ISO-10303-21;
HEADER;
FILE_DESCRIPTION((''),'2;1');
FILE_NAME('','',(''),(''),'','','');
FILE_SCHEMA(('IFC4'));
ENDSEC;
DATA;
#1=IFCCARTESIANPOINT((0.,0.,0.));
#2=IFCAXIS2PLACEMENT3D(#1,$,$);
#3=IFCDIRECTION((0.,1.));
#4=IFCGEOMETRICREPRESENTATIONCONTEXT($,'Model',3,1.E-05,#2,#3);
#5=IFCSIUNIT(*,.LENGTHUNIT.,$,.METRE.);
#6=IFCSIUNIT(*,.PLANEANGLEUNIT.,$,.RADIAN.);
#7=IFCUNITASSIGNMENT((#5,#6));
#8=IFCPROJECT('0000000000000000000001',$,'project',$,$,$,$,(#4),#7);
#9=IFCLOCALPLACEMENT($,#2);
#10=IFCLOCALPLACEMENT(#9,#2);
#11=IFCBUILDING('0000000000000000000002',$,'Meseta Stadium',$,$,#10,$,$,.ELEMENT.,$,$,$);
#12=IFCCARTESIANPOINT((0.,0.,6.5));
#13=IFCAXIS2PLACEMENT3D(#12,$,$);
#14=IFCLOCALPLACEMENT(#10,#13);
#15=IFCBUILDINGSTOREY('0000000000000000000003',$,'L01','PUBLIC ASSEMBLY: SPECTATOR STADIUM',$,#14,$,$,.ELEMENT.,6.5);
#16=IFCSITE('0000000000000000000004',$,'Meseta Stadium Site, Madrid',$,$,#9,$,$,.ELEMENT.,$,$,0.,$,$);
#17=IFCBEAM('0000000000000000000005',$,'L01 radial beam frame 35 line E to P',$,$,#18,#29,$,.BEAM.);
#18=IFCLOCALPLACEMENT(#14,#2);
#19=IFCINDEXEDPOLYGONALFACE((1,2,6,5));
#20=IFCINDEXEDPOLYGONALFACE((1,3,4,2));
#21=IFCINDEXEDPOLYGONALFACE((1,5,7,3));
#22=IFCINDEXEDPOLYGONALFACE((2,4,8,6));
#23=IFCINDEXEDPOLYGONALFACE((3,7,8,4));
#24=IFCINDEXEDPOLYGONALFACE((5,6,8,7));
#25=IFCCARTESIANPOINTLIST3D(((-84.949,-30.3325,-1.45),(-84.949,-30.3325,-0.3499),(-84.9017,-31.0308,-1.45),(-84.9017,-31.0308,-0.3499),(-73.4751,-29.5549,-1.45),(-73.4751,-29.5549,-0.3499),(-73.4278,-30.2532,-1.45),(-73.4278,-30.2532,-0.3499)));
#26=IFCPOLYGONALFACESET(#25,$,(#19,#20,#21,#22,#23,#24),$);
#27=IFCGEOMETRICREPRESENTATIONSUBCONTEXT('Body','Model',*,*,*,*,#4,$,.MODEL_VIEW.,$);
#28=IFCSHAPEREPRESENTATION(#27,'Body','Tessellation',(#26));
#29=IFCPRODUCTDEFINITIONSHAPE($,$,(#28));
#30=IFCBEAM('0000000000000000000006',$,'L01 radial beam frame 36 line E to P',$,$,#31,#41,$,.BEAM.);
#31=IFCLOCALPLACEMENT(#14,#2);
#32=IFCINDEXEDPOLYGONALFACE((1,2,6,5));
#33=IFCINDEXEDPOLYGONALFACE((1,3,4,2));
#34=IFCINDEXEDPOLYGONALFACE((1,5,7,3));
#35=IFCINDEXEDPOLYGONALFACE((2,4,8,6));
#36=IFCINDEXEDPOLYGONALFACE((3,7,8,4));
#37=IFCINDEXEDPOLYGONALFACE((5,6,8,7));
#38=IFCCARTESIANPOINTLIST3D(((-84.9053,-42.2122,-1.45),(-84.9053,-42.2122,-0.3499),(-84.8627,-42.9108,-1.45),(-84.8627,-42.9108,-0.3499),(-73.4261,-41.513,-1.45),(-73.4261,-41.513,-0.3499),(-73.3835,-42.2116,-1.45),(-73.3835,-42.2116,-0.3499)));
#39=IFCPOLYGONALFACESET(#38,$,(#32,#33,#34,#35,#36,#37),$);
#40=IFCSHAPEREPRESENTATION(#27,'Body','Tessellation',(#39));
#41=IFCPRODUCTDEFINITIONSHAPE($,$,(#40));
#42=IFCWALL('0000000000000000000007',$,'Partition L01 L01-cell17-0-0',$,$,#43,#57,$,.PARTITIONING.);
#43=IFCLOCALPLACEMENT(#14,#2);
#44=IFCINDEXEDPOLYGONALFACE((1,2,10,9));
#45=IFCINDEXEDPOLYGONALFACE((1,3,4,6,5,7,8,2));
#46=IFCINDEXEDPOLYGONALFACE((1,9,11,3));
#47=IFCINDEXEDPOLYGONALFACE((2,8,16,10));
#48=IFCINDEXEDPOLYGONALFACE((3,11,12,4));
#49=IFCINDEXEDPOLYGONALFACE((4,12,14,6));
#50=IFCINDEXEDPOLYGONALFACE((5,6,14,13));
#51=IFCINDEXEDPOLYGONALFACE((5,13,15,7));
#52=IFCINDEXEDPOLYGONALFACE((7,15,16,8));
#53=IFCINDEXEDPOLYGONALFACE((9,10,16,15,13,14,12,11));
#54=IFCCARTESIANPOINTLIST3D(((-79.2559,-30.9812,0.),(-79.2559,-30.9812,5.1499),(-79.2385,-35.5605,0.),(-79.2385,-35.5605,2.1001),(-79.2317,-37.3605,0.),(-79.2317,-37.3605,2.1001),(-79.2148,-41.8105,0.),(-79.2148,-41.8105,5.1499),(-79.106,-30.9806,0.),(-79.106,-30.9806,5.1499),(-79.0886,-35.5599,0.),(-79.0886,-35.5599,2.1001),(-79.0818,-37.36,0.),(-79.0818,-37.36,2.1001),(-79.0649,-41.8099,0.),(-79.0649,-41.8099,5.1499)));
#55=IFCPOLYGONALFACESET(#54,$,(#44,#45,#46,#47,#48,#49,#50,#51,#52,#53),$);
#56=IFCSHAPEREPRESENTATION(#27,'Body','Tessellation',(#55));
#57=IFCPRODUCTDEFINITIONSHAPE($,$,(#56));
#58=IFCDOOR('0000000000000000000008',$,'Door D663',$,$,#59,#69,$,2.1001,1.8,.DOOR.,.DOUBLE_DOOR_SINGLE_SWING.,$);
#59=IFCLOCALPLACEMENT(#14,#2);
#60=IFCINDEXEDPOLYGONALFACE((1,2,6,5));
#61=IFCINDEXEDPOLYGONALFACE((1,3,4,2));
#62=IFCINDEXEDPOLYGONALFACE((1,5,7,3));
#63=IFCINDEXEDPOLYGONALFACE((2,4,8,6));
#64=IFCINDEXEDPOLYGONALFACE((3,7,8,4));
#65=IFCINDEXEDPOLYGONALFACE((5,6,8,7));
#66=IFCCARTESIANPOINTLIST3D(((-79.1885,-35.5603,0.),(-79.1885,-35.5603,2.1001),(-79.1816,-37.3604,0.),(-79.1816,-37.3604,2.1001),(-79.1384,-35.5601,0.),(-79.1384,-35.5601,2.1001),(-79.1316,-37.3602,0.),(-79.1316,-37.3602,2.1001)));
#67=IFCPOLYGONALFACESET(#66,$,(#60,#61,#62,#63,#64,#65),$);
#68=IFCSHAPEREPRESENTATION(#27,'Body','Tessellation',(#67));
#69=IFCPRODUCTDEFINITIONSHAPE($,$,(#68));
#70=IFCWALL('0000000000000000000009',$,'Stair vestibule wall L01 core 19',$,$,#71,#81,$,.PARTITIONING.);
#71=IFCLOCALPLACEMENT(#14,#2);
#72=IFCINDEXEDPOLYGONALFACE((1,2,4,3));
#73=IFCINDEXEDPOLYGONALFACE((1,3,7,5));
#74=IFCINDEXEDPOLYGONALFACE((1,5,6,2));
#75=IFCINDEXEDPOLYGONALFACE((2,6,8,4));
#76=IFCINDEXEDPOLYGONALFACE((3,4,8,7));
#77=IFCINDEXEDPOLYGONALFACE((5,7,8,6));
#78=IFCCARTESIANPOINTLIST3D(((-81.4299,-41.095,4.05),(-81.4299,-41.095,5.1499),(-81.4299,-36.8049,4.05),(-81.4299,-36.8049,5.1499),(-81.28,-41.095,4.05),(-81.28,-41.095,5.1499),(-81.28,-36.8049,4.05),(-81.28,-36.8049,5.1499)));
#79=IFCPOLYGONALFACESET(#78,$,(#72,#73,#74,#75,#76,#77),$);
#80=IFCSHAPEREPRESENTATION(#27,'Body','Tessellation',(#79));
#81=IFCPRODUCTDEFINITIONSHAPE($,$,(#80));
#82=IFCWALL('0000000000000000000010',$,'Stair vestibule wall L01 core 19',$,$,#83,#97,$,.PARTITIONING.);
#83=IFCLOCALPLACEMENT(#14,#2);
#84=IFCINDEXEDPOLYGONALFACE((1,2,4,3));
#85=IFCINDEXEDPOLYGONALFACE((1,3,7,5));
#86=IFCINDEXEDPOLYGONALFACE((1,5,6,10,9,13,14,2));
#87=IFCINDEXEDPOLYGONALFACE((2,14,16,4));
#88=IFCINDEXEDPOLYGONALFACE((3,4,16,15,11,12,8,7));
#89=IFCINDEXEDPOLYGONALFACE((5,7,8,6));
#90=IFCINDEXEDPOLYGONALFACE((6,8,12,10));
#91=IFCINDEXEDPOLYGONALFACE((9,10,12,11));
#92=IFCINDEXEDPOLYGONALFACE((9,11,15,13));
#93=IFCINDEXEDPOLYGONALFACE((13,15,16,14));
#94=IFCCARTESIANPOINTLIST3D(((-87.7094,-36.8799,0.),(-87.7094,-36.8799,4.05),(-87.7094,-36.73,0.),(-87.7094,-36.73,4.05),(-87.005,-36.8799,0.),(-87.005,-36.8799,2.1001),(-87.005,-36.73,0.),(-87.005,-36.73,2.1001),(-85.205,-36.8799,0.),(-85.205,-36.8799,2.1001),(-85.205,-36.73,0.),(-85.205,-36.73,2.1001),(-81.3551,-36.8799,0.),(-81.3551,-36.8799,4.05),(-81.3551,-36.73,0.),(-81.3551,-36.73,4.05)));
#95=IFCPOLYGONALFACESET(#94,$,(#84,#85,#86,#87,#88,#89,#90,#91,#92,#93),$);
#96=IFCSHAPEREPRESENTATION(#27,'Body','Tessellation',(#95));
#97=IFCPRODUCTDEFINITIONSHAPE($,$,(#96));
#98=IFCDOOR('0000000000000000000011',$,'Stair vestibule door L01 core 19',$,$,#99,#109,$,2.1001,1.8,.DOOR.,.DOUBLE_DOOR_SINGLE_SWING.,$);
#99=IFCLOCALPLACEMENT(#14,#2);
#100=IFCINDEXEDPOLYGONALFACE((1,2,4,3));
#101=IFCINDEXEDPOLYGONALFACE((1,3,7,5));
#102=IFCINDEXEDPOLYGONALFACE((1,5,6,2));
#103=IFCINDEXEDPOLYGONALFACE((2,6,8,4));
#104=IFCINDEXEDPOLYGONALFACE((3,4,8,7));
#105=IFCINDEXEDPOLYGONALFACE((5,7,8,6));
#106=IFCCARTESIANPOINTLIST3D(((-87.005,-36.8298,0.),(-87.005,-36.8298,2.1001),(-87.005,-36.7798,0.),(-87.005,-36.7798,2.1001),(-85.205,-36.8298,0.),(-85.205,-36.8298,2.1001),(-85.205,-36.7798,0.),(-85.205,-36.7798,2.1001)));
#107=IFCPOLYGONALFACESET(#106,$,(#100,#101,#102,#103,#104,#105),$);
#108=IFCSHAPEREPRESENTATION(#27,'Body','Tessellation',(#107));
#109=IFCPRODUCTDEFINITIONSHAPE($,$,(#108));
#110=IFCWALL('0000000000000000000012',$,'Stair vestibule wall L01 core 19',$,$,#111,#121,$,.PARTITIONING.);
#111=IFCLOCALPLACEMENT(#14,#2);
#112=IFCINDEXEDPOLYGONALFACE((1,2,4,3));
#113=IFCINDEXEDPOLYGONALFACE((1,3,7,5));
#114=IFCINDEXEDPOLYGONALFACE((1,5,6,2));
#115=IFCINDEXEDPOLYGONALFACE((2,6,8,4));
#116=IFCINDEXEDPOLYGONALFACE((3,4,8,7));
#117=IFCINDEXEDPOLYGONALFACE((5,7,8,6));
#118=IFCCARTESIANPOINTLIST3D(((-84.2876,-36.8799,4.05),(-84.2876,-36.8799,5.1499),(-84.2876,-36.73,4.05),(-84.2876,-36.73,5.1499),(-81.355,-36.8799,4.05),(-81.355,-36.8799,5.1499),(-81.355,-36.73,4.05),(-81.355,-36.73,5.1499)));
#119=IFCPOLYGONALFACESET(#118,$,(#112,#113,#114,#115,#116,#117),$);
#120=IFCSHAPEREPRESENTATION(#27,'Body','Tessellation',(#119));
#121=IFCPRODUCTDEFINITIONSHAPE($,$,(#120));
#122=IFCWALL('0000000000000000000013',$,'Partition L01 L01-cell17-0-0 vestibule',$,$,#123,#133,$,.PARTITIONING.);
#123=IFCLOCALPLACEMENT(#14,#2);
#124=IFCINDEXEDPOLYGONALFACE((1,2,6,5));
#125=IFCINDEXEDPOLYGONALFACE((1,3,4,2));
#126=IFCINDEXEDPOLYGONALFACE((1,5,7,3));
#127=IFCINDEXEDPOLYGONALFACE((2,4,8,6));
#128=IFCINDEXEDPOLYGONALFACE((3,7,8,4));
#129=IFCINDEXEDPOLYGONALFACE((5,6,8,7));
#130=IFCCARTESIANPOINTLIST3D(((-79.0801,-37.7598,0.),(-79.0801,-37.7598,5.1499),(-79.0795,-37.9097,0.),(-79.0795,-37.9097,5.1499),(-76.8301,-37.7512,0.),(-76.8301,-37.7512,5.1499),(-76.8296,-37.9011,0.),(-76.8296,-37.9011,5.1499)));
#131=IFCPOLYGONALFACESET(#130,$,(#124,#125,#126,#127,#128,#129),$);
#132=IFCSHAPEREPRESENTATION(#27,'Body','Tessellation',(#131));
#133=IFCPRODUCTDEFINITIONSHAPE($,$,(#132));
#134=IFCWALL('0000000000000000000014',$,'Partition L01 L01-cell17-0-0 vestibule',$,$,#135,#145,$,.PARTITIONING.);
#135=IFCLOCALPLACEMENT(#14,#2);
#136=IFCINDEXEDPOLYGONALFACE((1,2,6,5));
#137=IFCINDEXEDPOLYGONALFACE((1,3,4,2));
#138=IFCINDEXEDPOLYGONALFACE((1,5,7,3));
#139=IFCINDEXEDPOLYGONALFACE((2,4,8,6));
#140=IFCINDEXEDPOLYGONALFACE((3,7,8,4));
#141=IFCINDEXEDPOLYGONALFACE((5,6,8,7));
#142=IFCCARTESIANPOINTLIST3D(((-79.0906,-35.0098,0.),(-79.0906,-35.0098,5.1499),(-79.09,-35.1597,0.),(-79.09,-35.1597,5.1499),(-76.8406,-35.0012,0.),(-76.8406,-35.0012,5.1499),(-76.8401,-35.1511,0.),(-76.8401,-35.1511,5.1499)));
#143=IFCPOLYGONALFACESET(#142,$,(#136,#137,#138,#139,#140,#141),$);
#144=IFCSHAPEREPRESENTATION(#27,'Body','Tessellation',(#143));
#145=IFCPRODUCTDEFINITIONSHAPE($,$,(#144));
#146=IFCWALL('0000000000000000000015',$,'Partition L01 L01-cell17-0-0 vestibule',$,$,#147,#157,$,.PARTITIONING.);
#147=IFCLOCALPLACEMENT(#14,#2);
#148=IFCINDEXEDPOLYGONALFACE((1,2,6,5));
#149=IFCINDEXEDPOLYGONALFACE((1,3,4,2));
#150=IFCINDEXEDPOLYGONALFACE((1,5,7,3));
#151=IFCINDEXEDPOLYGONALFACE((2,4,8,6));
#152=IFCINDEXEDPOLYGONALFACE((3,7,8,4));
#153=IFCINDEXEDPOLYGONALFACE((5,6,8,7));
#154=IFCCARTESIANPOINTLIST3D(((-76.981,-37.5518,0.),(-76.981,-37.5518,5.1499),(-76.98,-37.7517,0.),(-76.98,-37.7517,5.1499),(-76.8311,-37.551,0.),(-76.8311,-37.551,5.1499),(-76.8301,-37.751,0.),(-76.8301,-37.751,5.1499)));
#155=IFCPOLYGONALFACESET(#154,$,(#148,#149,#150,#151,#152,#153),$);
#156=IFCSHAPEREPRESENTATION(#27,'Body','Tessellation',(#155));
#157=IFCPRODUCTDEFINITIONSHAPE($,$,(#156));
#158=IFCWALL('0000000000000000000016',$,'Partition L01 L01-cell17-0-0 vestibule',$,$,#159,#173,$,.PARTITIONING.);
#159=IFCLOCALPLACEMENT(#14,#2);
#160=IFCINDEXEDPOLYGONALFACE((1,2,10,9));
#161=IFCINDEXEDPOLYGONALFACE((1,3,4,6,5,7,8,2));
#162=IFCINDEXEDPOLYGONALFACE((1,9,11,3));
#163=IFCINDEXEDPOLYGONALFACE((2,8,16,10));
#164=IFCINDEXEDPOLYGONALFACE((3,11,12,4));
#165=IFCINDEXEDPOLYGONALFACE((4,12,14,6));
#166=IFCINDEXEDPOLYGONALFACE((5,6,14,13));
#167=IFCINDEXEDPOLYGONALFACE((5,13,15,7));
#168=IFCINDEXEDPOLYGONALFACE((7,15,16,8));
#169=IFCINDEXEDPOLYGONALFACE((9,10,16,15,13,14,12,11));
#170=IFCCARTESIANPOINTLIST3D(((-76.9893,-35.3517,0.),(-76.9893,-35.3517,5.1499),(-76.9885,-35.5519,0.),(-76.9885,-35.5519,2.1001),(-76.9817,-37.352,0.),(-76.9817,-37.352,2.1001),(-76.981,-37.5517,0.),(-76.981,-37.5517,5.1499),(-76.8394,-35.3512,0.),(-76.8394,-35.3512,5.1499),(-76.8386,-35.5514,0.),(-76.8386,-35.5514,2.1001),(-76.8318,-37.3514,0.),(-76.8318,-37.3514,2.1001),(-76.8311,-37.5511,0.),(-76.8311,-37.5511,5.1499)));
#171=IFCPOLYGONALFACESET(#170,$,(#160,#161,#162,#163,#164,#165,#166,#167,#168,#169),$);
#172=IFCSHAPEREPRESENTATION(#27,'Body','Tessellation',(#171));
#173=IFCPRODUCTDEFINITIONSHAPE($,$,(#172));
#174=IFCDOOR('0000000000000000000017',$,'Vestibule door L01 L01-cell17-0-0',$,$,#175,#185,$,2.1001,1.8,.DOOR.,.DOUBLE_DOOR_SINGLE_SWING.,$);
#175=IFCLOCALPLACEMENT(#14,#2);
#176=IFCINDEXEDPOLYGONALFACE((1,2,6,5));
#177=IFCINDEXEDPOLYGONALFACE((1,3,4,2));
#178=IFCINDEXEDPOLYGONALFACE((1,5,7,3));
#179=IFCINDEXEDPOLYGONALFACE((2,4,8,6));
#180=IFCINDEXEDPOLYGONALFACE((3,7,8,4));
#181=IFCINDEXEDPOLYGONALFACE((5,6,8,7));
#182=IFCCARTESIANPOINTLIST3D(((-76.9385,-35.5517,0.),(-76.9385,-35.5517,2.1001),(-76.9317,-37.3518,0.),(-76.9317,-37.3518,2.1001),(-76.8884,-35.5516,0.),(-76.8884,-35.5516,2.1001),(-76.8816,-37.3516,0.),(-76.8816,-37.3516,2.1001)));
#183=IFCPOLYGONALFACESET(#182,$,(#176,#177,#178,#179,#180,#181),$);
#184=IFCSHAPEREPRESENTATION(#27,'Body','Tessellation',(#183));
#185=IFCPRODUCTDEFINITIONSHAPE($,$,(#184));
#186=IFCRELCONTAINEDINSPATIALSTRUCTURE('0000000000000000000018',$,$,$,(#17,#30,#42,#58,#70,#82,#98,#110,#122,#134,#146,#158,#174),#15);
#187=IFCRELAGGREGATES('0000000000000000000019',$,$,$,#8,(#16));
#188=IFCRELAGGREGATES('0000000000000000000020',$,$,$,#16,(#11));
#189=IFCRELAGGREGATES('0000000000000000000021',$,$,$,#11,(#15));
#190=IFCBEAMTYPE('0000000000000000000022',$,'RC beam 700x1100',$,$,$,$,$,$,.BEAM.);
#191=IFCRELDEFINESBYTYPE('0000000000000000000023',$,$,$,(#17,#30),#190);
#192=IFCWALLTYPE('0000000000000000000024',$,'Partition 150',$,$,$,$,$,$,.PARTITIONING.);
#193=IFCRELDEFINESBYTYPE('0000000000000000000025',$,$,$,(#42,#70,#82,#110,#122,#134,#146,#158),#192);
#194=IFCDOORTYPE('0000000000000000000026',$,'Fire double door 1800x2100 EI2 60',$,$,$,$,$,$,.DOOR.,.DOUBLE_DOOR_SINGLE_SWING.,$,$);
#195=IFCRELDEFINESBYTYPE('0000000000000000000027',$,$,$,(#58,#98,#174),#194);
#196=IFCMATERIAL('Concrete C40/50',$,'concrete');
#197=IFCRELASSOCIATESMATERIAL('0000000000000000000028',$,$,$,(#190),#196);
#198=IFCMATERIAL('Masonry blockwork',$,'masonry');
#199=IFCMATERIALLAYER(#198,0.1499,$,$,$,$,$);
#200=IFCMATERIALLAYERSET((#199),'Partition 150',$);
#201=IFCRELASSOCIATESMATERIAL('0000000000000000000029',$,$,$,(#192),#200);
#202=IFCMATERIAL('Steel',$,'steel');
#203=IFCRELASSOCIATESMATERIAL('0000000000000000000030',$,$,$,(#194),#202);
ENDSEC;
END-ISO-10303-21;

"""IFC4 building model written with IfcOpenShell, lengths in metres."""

from ifc_helpers import new_model, si_unit, direction, frame, frame_2d, origin, origin_2d, place, context, subcontext, project, spatial, rectangle, extrude, material, layer, layer_set, material_profile, profile_set, type_object, element, fill, save


model = new_model("IFC4")

# Units and contexts
model_context = context("Model", 3, precision=1e-05, world=origin(), true_north=direction((0.0, 1.0)))
body_context = subcontext(model_context, "Body", "Model", "MODEL_VIEW")
ifc_project = project(units=[si_unit("LENGTHUNIT", "METRE"), si_unit("PLANEANGLEUNIT", "RADIAN")], contexts=[model_context])

# Site, building, storey
site_placement = place(None, origin())
site = spatial("IfcSite", under=ifc_project, at=site_placement, Name="Meseta Stadium Site, Madrid", CompositionType="ELEMENT", RefElevation=0.0)
building_placement = place(site_placement, origin())
building = spatial("IfcBuilding", under=site, at=building_placement, Name="Meseta Stadium", CompositionType="ELEMENT")
storey_placement = place(building_placement, frame((0.0, 0.0, 6.5)))
storey = spatial("IfcBuildingStorey", under=building, at=storey_placement, Name="L01", Description="PUBLIC ASSEMBLY: SPECTATOR STADIUM", CompositionType="ELEMENT", Elevation=6.5)

# Beams
ifc_material_1 = material(Name="Concrete C40/50", Category="concrete")
ifc_material_profile_1 = material_profile(ifc_material_1, rectangle(XDim=0.7, YDim=1.1001, at=origin_2d()), Name="RC 700x1100")
ifc_profile_set_1 = profile_set([ifc_material_profile_1], Name="Concrete C40/50")
beam_type_1 = type_object("IfcBeamType", Name="RC beam 700x1100", PredefinedType="BEAM", material=ifc_profile_set_1)
beam_1_placement = place(storey_placement, frame((-73.4514, -29.9041, -0.8999), z_axis=(-0.997711, -0.067615, 0.0), x_axis=(0.067615, -0.997711, 0.0)))
element("IfcBeam", 1, at=beam_1_placement, inside=storey, type_object=beam_type_1, Name="L01 radial beam frame 35 line E to P", PredefinedType="BEAM", context=body_context, shape_type="SweptSolid", body=[
    extrude(rectangle(XDim=0.7, YDim=1.1001, at=origin_2d()), origin(), (0.0, 0.0, 1.0), 11.5002),
])
beam_2_placement = place(storey_placement, frame((-73.4048, -41.8623, -0.8999), z_axis=(-0.99815, -0.060799, 0.0), x_axis=(0.060799, -0.99815, 0.0)))
element("IfcBeam", 2, at=beam_2_placement, inside=storey, type_object=beam_type_1, Name="L01 radial beam frame 36 line E to P", PredefinedType="BEAM", context=body_context, shape_type="SweptSolid", body=[
    extrude(rectangle(XDim=0.7, YDim=1.1001, at=origin_2d()), origin(), (0.0, 0.0, 1.0), 11.5005),
])

# Wall, opening, door
ifc_material_2 = material(Name="Masonry blockwork", Category="masonry")
ifc_layer = layer(ifc_material_2, 0.1499)
ifc_layer_set = layer_set([ifc_layer], Name="Partition 150")
wall_type = type_object("IfcWallType", Name="Partition 150", PredefinedType="PARTITIONING", material=ifc_layer_set)
wall_1_placement = place(storey_placement, frame((-79.1399, -41.8101, 0.0), z_axis=(0.0, 0.0, 1.0), x_axis=(-0.003787, 0.999993, 0.0)))
wall_1 = element("IfcWall", 3, at=wall_1_placement, inside=storey, type_object=wall_type, Name="Partition L01 L01-cell17-0-0", PredefinedType="PARTITIONING", context=body_context, shape_type="SweptSolid", body=[
    extrude(rectangle(XDim=10.8293, YDim=0.1499, at=frame_2d((5.4146, 0.0))), origin(), (0.0, 0.0, 1.0), 5.1499),
])
opening_1_placement = place(wall_1_placement, frame((4.45, 0.0, 0.0)))
opening_1 = element("IfcOpeningElement", 4, at=opening_1_placement, cuts=wall_1, PredefinedType="OPENING", context=body_context, shape_type="SweptSolid", body=[
    extrude(rectangle(XDim=1.8, YDim=2.1001, at=frame_2d((0.8999, 1.05))), frame((0.0, 0.085, 0.0), z_axis=(0.0, -1.0, 0.0), x_axis=(1.0, 0.0, 0.0)), (0.0, 0.0, 1.0), 0.1699),
])
ifc_material_3 = material(Name="Steel", Category="steel")
door_type = type_object("IfcDoorType", Name="Fire double door 1800x2100 EI2 60", OperationType="DOUBLE_DOOR_SINGLE_SWING", PredefinedType="DOOR", material=ifc_material_3)
door_1_placement = place(opening_1_placement, origin())
door_1 = element("IfcDoor", 5, at=door_1_placement, inside=storey, type_object=door_type, Name="Door D663", OperationType="DOUBLE_DOOR_SINGLE_SWING", OverallHeight=2.1001, OverallWidth=1.8, PredefinedType="DOOR", context=body_context, shape_type="SweptSolid", body=[
    extrude(rectangle(XDim=1.8, YDim=2.1001, at=frame_2d((0.8999, 1.05))), frame((0.0, 0.0249, 0.0), z_axis=(0.0, -1.0, 0.0), x_axis=(1.0, 0.0, 0.0)), (0.0, 0.0, 1.0), 0.05),
])
fill(opening_1, door_1)

# Wall
wall_2_placement = place(storey_placement, frame((-81.355, -41.095, 4.05), z_axis=(0.0, 0.0, 1.0), x_axis=(0.0, 1.0, 0.0)))
element("IfcWall", 6, at=wall_2_placement, inside=storey, type_object=wall_type, Name="Stair vestibule wall L01 core 19", PredefinedType="PARTITIONING", context=body_context, shape_type="SweptSolid", body=[
    extrude(rectangle(XDim=4.29, YDim=0.1499, at=frame_2d((2.145, 0.0))), origin(), (0.0, 0.0, 1.0), 1.0999),
])

# Wall, opening, door
wall_3_placement = place(storey_placement, frame((-81.355, -36.8049, 0.0), z_axis=(0.0, 0.0, 1.0), x_axis=(-1.0, 0.0, 0.0)))
wall_3 = element("IfcWall", 7, at=wall_3_placement, inside=storey, type_object=wall_type, Name="Stair vestibule wall L01 core 19", PredefinedType="PARTITIONING", context=body_context, shape_type="SweptSolid", body=[
    extrude(rectangle(XDim=6.3542, YDim=0.1499, at=frame_2d((3.1772, 0.0))), origin(), (0.0, 0.0, 1.0), 4.05),
])
opening_2_placement = place(wall_3_placement, frame((3.8501, 0.0, 0.0)))
opening_2 = element("IfcOpeningElement", 8, at=opening_2_placement, cuts=wall_3, PredefinedType="OPENING", context=body_context, shape_type="SweptSolid", body=[
    extrude(rectangle(XDim=1.8, YDim=2.1001, at=frame_2d((0.8999, 1.05))), frame((0.0, 0.085, 0.0), z_axis=(0.0, -1.0, 0.0), x_axis=(1.0, 0.0, 0.0)), (0.0, 0.0, 1.0), 0.1699),
])
door_2_placement = place(opening_2_placement, origin())
door_2 = element("IfcDoor", 9, at=door_2_placement, inside=storey, type_object=door_type, Name="Stair vestibule door L01 core 19", OperationType="DOUBLE_DOOR_SINGLE_SWING", OverallHeight=2.1001, OverallWidth=1.8, PredefinedType="DOOR", context=body_context, shape_type="SweptSolid", body=[
    extrude(rectangle(XDim=1.8, YDim=2.1001, at=frame_2d((0.8999, 1.05))), frame((0.0, 0.0249, 0.0), z_axis=(0.0, -1.0, 0.0), x_axis=(1.0, 0.0, 0.0)), (0.0, 0.0, 1.0), 0.05),
])
fill(opening_2, door_2)

# Walls
wall_4_placement = place(storey_placement, frame((-81.355, -36.8049, 4.05), z_axis=(0.0, 0.0, 1.0), x_axis=(-1.0, 0.0, 0.0)))
element("IfcWall", 10, at=wall_4_placement, inside=storey, type_object=wall_type, Name="Stair vestibule wall L01 core 19", PredefinedType="PARTITIONING", context=body_context, shape_type="SweptSolid", body=[
    extrude(rectangle(XDim=2.9326, YDim=0.1499, at=frame_2d((1.4663, 0.0))), origin(), (0.0, 0.0, 1.0), 1.0999),
])
for number, where, z_axis, x_axis, name in (
    (11, (-79.0798, -37.8347, 0.0), (0.0, 0.0, 1.0), (0.999993, 0.003798, 0.0), "Partition L01 L01-cell17-0-0 vestibule"),
    (12, (-79.0903, -35.0847, 0.0), (0.0, 0.0, 1.0), (0.999993, 0.003798, 0.0), "Partition L01 L01-cell17-0-0 vestibule"),
):
    element("IfcWall", number, at=place(storey_placement, frame(where, z_axis=z_axis, x_axis=x_axis)), inside=storey, type_object=wall_type, Name=name, PredefinedType="PARTITIONING", context=body_context, shape_type="SweptSolid", body=[
        extrude(rectangle(XDim=2.25, YDim=0.1499, at=frame_2d((1.125, 0.0))), origin(), (0.0, 0.0, 1.0), 5.1499),
    ])
wall_5_placement = place(storey_placement, frame((-76.905, -37.7515, 0.0), z_axis=(0.0, 0.0, 1.0), x_axis=(-0.004884, 0.999988, 0.0)))
element("IfcWall", 13, at=wall_5_placement, inside=storey, type_object=wall_type, Name="Partition L01 L01-cell17-0-0 vestibule", PredefinedType="PARTITIONING", context=body_context, shape_type="SweptSolid", body=[
    extrude(rectangle(XDim=0.2, YDim=0.1499, at=frame_2d((0.1001, 0.0))), origin(), (0.0, 0.0, 1.0), 5.1499),
])

# Wall, opening, door
wall_6_placement = place(storey_placement, frame((-76.906, -37.5515, 0.0), z_axis=(0.0, 0.0, 1.0), x_axis=(-0.003773, 0.999993, 0.0)))
wall_6 = element("IfcWall", 14, at=wall_6_placement, inside=storey, type_object=wall_type, Name="Partition L01 L01-cell17-0-0 vestibule", PredefinedType="PARTITIONING", context=body_context, shape_type="SweptSolid", body=[
    extrude(rectangle(XDim=2.2, YDim=0.1499, at=frame_2d((1.1001, 0.0))), origin(), (0.0, 0.0, 1.0), 5.1499),
])
opening_3_placement = place(wall_6_placement, frame((0.2, 0.0, 0.0)))
opening_3 = element("IfcOpeningElement", 15, at=opening_3_placement, cuts=wall_6, PredefinedType="OPENING", context=body_context, shape_type="SweptSolid", body=[
    extrude(rectangle(XDim=1.8, YDim=2.1001, at=frame_2d((0.8999, 1.05))), frame((0.0, 0.085, 0.0), z_axis=(0.0, -1.0, 0.0), x_axis=(1.0, 0.0, 0.0)), (0.0, 0.0, 1.0), 0.1699),
])
door_3_placement = place(opening_3_placement, origin())
door_3 = element("IfcDoor", 16, at=door_3_placement, inside=storey, type_object=door_type, Name="Vestibule door L01 L01-cell17-0-0", OperationType="DOUBLE_DOOR_SINGLE_SWING", OverallHeight=2.1001, OverallWidth=1.8, PredefinedType="DOOR", context=body_context, shape_type="SweptSolid", body=[
    extrude(rectangle(XDim=1.8, YDim=2.1001, at=frame_2d((0.8999, 1.05))), frame((0.0, 0.0249, 0.0), z_axis=(0.0, -1.0, 0.0), x_axis=(1.0, 0.0, 0.0)), (0.0, 0.0, 1.0), 0.05),
])
fill(opening_3, door_3)

save(model, "model.ifc")
